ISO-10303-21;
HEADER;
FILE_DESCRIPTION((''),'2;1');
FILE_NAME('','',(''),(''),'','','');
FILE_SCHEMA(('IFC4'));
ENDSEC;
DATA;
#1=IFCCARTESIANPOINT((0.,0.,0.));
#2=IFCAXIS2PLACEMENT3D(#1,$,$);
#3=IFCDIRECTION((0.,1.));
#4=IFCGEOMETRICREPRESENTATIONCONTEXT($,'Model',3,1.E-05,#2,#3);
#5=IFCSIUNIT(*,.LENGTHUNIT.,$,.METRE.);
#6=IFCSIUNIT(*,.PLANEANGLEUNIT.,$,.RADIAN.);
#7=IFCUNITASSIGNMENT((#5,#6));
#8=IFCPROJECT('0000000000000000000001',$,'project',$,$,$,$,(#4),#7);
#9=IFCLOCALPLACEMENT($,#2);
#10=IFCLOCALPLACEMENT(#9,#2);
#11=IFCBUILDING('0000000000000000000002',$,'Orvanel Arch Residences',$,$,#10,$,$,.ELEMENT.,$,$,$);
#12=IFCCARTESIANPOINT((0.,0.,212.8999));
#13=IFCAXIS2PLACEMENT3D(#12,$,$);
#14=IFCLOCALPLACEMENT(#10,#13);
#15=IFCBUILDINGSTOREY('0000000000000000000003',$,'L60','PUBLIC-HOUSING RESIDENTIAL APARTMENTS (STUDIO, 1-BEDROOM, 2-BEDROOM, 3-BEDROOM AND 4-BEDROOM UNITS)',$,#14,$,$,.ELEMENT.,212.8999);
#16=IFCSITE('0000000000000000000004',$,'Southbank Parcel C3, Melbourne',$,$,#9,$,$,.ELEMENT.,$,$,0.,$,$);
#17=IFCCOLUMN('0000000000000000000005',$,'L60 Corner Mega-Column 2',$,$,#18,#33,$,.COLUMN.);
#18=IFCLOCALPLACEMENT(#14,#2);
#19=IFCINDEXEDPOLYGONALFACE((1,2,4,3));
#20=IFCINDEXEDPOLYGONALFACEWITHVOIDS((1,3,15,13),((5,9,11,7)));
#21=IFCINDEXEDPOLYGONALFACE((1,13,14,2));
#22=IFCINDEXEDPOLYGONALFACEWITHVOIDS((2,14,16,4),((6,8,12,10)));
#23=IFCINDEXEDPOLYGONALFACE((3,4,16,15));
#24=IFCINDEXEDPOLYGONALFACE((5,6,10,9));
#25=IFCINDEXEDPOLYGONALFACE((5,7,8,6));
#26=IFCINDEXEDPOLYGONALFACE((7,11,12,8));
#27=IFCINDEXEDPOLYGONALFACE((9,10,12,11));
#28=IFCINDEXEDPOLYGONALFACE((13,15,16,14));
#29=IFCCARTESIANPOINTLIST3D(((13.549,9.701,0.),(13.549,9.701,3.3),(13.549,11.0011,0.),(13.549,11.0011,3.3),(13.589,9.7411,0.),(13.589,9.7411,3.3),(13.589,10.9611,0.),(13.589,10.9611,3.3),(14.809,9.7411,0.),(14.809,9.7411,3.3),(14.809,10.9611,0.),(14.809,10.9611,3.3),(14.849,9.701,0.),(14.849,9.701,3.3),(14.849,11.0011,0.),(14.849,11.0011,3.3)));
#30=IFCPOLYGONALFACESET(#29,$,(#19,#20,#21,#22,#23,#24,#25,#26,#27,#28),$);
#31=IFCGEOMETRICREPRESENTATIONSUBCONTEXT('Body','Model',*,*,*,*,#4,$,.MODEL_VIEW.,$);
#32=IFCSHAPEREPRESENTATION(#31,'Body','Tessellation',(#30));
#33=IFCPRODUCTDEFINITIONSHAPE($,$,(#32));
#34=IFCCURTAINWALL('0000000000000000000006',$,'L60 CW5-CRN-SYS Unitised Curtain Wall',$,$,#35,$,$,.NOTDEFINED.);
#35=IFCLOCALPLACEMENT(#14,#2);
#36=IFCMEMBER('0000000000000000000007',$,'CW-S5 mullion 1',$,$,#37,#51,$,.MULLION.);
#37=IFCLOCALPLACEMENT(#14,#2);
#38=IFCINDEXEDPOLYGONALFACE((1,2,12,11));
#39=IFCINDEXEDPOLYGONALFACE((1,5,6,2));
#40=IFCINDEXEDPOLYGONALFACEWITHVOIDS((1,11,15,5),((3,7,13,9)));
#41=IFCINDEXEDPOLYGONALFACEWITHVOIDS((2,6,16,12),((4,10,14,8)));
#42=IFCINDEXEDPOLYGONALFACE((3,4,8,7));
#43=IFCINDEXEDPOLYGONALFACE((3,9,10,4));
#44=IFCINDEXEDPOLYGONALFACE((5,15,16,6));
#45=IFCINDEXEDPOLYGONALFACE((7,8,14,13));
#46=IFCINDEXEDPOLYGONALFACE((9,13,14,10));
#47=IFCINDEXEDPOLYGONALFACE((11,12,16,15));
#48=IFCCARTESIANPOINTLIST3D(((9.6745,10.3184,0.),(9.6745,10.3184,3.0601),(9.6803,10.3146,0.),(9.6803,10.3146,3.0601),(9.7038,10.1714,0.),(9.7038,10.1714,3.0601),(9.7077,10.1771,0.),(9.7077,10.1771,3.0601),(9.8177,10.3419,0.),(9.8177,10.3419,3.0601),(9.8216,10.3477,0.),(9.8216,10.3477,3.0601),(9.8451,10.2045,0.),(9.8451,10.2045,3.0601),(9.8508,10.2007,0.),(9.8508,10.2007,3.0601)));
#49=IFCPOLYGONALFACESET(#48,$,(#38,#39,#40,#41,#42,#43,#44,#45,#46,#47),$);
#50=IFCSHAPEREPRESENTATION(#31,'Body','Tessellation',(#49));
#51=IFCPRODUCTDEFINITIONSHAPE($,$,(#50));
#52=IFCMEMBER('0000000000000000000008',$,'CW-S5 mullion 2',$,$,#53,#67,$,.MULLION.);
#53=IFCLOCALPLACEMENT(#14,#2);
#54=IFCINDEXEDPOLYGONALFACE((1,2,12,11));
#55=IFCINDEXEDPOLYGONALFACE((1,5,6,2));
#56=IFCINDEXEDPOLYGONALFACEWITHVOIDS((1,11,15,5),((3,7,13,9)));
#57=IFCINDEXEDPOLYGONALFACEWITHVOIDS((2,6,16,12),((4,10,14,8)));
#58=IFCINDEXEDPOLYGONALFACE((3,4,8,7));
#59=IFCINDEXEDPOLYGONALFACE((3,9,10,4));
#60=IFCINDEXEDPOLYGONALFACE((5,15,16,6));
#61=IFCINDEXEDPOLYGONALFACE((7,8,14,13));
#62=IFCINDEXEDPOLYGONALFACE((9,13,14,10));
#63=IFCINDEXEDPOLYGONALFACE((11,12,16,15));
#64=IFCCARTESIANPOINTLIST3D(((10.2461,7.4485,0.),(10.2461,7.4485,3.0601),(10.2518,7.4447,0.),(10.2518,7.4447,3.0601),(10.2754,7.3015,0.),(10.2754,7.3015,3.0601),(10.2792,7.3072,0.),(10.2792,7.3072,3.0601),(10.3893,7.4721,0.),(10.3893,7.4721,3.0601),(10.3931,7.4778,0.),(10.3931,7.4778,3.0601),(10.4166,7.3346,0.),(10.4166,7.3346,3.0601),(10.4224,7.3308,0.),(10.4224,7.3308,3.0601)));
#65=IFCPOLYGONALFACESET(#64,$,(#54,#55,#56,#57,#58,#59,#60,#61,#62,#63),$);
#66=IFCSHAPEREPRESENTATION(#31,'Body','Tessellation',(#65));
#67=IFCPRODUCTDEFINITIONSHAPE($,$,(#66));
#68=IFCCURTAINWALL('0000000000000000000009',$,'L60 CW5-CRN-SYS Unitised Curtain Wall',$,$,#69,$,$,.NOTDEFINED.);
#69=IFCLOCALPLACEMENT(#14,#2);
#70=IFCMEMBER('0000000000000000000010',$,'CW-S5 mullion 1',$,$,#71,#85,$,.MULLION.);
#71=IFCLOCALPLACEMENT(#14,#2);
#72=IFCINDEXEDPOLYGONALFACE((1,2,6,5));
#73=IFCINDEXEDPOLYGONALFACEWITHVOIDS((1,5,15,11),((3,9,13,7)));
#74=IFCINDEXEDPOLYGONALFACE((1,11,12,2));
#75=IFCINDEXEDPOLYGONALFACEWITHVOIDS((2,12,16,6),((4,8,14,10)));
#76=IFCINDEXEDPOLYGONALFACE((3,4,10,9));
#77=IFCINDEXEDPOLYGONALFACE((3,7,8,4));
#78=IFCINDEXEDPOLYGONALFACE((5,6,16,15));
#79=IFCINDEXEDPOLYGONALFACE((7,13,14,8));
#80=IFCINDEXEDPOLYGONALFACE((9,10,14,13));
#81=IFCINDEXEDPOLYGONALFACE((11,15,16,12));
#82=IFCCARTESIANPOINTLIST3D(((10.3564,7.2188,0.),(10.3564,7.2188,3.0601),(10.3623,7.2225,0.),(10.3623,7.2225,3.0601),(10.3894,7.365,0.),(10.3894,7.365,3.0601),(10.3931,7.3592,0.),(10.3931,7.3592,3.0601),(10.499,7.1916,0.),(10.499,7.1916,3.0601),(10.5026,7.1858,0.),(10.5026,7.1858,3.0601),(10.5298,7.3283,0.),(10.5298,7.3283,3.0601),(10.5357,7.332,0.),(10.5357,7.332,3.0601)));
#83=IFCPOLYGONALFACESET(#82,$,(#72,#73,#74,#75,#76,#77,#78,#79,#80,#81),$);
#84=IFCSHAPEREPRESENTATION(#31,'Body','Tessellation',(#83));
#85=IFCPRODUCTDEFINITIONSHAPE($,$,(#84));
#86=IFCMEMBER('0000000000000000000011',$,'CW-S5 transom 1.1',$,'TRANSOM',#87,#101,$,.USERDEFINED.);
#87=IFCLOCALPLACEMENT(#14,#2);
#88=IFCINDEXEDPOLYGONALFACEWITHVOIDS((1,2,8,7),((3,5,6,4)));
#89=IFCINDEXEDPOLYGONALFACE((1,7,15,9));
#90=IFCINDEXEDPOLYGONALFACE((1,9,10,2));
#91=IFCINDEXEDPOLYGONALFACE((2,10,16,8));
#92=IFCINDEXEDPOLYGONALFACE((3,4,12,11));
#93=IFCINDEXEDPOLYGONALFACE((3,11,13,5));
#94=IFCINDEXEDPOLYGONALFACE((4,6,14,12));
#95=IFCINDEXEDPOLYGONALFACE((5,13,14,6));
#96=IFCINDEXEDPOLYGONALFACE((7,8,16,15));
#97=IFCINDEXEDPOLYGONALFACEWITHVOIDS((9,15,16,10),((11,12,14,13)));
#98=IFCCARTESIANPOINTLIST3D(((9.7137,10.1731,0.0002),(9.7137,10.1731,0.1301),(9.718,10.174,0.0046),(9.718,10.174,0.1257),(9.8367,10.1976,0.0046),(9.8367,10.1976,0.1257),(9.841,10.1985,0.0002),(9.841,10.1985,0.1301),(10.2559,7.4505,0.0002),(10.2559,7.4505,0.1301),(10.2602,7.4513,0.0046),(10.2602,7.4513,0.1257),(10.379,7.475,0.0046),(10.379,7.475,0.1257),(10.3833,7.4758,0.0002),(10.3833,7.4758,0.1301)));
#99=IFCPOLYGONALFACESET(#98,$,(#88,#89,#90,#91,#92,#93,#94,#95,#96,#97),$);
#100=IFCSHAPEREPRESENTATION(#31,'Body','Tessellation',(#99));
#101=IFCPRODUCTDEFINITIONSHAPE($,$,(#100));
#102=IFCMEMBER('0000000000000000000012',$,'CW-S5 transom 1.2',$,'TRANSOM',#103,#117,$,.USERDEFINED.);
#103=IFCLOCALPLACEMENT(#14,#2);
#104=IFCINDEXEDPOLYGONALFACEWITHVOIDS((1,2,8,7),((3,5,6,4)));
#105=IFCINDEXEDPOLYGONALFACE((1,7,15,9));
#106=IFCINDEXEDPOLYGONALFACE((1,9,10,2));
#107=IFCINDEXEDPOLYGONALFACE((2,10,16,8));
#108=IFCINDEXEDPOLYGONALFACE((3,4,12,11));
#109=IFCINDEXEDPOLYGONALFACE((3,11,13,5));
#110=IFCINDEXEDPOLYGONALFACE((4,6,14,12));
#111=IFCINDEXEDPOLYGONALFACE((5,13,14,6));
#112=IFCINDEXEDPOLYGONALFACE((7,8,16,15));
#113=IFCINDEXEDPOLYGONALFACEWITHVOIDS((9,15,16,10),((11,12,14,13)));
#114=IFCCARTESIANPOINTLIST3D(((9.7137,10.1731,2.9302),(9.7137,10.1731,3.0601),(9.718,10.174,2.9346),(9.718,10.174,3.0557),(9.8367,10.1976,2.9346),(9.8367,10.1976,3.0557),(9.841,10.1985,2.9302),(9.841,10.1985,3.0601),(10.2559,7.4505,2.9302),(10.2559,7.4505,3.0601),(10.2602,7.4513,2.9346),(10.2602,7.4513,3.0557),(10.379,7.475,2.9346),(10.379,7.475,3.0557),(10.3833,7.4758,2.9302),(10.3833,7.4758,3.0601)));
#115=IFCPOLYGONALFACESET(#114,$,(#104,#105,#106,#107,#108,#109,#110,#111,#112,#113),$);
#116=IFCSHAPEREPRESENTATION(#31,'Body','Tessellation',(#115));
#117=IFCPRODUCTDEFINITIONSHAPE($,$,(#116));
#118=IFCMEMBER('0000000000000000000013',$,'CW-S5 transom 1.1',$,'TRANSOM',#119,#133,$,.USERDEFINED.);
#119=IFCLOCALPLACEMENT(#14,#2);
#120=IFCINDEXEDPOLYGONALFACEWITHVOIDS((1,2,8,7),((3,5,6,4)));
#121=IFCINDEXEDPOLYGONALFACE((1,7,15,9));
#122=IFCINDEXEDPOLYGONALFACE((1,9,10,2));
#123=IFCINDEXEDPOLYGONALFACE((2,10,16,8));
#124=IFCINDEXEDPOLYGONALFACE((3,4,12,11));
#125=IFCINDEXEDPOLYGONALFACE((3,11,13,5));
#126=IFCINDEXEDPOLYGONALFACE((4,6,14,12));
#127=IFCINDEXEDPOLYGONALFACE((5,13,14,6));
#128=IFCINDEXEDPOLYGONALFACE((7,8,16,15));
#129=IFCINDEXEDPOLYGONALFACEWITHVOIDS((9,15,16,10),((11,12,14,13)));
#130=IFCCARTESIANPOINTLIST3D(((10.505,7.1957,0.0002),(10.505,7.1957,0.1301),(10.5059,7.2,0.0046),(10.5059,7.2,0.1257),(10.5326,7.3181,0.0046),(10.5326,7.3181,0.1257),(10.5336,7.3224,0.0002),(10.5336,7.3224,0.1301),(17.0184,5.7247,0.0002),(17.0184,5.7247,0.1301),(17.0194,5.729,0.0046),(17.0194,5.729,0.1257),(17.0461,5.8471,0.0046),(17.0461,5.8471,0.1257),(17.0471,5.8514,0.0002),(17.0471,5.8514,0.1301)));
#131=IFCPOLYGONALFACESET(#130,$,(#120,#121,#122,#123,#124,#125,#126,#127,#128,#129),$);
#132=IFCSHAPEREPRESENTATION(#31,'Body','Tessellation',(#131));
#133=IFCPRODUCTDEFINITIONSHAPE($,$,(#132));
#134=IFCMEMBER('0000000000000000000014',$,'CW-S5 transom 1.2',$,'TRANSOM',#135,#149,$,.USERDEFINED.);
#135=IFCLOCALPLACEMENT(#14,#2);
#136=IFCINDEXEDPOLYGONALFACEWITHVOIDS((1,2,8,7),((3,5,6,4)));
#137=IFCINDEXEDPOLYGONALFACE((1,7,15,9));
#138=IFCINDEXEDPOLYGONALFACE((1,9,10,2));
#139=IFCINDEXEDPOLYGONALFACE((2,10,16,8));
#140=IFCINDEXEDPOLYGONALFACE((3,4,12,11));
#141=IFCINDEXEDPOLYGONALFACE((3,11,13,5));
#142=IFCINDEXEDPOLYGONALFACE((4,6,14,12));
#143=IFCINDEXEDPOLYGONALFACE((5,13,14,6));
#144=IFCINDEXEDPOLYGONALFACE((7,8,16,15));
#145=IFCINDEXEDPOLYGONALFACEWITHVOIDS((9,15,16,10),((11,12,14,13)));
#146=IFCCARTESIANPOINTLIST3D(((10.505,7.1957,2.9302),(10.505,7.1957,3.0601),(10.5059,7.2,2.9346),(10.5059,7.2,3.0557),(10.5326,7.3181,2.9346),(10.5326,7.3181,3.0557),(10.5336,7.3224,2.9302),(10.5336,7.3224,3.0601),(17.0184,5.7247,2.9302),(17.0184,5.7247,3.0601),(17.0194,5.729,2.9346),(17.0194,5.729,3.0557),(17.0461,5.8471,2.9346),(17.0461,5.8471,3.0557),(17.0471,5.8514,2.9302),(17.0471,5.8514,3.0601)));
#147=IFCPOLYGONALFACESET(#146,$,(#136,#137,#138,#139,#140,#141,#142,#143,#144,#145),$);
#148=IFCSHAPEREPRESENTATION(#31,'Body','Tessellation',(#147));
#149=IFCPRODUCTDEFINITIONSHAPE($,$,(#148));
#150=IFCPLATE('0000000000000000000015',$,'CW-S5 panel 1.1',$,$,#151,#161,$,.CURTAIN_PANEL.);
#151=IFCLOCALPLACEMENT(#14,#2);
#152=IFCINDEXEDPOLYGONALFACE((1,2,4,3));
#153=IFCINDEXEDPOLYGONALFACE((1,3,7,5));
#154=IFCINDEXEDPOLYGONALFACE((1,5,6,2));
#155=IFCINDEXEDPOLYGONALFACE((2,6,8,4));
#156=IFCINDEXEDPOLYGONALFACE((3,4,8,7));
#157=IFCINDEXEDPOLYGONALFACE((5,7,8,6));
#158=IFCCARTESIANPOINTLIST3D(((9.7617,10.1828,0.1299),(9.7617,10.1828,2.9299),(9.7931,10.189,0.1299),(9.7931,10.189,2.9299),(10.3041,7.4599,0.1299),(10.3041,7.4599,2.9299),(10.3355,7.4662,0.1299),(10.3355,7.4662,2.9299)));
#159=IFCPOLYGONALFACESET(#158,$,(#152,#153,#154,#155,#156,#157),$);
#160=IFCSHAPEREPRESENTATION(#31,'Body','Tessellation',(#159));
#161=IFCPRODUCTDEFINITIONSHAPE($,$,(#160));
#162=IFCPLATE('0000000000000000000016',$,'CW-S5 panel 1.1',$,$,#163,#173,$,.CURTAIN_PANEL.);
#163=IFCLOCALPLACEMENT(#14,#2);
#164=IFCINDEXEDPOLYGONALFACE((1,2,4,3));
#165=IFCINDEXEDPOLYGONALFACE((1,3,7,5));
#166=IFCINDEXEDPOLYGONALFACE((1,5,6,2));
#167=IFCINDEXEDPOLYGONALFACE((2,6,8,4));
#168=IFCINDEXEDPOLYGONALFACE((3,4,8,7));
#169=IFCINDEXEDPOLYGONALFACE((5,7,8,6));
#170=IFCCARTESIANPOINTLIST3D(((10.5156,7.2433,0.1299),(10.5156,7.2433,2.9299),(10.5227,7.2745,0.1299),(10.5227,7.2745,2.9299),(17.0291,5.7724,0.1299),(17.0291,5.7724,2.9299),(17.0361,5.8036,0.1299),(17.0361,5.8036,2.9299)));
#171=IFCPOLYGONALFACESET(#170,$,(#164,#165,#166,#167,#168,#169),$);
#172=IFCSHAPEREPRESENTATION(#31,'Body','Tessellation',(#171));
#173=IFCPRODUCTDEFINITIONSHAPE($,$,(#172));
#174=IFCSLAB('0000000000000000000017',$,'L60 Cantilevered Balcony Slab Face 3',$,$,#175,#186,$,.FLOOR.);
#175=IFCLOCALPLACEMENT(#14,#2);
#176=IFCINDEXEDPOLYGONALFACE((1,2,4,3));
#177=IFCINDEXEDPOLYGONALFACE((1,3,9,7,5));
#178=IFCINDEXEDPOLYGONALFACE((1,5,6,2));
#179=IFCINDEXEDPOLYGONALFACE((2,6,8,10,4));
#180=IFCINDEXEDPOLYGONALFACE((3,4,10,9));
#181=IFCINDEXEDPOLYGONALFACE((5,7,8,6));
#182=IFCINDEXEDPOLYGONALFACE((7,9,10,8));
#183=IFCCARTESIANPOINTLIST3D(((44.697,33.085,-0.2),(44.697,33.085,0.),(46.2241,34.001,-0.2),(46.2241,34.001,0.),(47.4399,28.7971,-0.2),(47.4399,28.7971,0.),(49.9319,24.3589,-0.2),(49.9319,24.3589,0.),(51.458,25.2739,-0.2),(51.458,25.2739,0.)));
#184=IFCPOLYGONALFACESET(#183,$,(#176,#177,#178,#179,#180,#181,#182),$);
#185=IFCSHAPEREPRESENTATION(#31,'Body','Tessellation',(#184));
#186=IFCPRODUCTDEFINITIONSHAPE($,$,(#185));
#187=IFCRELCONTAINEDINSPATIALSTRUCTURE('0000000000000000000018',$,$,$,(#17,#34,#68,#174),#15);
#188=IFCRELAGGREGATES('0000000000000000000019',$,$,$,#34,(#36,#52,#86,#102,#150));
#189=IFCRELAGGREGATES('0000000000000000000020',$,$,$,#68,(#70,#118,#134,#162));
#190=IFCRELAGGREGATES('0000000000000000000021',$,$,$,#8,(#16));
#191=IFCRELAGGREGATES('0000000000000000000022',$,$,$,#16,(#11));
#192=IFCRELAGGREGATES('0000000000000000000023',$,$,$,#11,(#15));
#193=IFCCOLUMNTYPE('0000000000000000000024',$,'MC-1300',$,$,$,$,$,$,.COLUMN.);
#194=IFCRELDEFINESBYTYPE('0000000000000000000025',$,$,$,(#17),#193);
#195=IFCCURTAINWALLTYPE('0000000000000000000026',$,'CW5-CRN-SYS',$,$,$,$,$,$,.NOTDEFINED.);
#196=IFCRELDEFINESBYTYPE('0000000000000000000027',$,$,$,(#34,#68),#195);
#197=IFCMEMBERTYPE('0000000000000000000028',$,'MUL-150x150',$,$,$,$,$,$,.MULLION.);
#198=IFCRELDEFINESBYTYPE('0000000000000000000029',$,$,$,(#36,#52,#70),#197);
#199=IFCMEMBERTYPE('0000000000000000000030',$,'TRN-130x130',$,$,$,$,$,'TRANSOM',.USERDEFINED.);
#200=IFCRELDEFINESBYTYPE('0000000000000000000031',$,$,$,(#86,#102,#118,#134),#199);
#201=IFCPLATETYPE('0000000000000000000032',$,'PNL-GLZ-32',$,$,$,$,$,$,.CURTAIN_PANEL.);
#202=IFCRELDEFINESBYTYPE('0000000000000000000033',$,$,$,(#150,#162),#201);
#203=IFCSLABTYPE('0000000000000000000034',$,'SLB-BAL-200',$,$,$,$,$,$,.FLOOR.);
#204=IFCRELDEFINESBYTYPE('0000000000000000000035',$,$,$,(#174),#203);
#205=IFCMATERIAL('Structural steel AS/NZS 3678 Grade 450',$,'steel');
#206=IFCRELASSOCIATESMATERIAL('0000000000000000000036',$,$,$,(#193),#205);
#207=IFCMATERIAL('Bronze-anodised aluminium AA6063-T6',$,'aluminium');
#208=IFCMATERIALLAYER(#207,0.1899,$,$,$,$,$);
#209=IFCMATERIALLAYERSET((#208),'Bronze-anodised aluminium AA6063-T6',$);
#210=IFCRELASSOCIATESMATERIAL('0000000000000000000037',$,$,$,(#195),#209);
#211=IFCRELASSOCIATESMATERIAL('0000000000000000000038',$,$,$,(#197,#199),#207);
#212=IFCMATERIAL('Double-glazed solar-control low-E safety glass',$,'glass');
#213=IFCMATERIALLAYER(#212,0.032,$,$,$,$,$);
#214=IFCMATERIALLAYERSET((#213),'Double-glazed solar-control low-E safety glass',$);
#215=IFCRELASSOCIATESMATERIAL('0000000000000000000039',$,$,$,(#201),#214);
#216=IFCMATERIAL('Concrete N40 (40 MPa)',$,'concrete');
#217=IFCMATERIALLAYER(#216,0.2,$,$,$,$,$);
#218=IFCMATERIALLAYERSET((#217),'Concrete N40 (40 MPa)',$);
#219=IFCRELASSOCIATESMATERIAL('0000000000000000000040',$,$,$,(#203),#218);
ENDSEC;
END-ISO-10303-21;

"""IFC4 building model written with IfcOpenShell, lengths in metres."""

from ifc_helpers import new_model, si_unit, direction, frame, origin, origin_2d, place, context, subcontext, project, spatial, polyline, rectangle, hollow_rectangle, outline, extrude, material, layer, layer_set, material_profile, profile_set, type_object, element, aggregate, save


model = new_model("IFC4")

# Units and contexts
model_context = context("Model", 3, precision=1e-05, world=origin(), true_north=direction((0.0, 1.0)))
body_context = subcontext(model_context, "Body", "Model", "MODEL_VIEW")
ifc_project = project(units=[si_unit("LENGTHUNIT", "METRE"), si_unit("PLANEANGLEUNIT", "RADIAN")], contexts=[model_context])

# Site, building, storey
site_placement = place(None, origin())
site = spatial("IfcSite", under=ifc_project, at=site_placement, Name="Southbank Parcel C3, Melbourne", CompositionType="ELEMENT", RefElevation=0.0)
building_placement = place(site_placement, origin())
building = spatial("IfcBuilding", under=site, at=building_placement, Name="Orvanel Arch Residences", CompositionType="ELEMENT")
storey_placement = place(building_placement, frame((0.0, 0.0, 212.8999)))
storey = spatial("IfcBuildingStorey", under=building, at=storey_placement, Name="L60", Description="PUBLIC-HOUSING RESIDENTIAL APARTMENTS (STUDIO, 1-BEDROOM, 2-BEDROOM, 3-BEDROOM AND 4-BEDROOM UNITS)", CompositionType="ELEMENT", Elevation=212.8999)

# Column
ifc_material_1 = material(Name="Structural steel AS/NZS 3678 Grade 450", Category="steel")
ifc_material_profile_1 = material_profile(ifc_material_1, hollow_rectangle(XDim=1.3, YDim=1.3, WallThickness=0.04, at=origin_2d()), Name="BOX1300x1300x40")
ifc_profile_set_1 = profile_set([ifc_material_profile_1], Name="Structural steel AS/NZS 3678 Grade 450")
column_type = type_object("IfcColumnType", Name="MC-1300", PredefinedType="COLUMN", material=ifc_profile_set_1)
column_placement = place(storey_placement, frame((14.199, 10.3511, 0.0), z_axis=(0.0, 0.0, 1.0), x_axis=(1.0, 0.0, 0.0)))
element("IfcColumn", 1, at=column_placement, inside=storey, type_object=column_type, Name="L60 Corner Mega-Column 2", PredefinedType="COLUMN", context=body_context, shape_type="SweptSolid", body=[
    extrude(hollow_rectangle(XDim=1.3, YDim=1.3, WallThickness=0.04, at=origin_2d()), origin(), (0.0, 0.0, 1.0), 3.3),
])

# Curtain wall, members
ifc_material_2 = material(Name="Bronze-anodised aluminium AA6063-T6", Category="aluminium")
ifc_layer_1 = layer(ifc_material_2, 0.1899)
ifc_layer_set_1 = layer_set([ifc_layer_1], Name="Bronze-anodised aluminium AA6063-T6")
curtain_wall_type = type_object("IfcCurtainWallType", Name="CW5-CRN-SYS", PredefinedType="NOTDEFINED", material=ifc_layer_set_1)
curtain_wall_1_placement = place(storey_placement, origin())
curtain_wall_1 = element("IfcCurtainWall", 2, at=curtain_wall_1_placement, inside=storey, type_object=curtain_wall_type, Name="L60 CW5-CRN-SYS Unitised Curtain Wall", PredefinedType="NOTDEFINED")
ifc_material_profile_2 = material_profile(ifc_material_2, hollow_rectangle(XDim=0.1499, YDim=0.1499, WallThickness=0.0049, at=origin_2d()), Name="ALU150x150x5")
ifc_profile_set_2 = profile_set([ifc_material_profile_2], Name="Bronze-anodised aluminium AA6063-T6")
member_type_1 = type_object("IfcMemberType", Name="MUL-150x150", PredefinedType="MULLION", material=ifc_profile_set_2)
member_1_placement = place(storey_placement, frame((9.7627, 10.2595, 0.0), z_axis=(0.0, 0.0, 1.0), x_axis=(0.98073, 0.195366, 0.0)))
member_1 = element("IfcMember", 3, at=member_1_placement, type_object=member_type_1, Name="CW-S5 mullion 1", PredefinedType="MULLION", context=body_context, shape_type="SweptSolid", body=[
    extrude(hollow_rectangle(XDim=0.1499, YDim=0.1499, WallThickness=0.0049, at=origin_2d()), origin(), (0.0, 0.0, 1.0), 3.0601),
])
member_2_placement = place(storey_placement, frame((10.3342, 7.3896, 0.0), z_axis=(0.0, 0.0, 1.0), x_axis=(0.98073, 0.195366, 0.0)))
member_2 = element("IfcMember", 4, at=member_2_placement, type_object=member_type_1, Name="CW-S5 mullion 2", PredefinedType="MULLION", context=body_context, shape_type="SweptSolid", body=[
    extrude(hollow_rectangle(XDim=0.1499, YDim=0.1499, WallThickness=0.0049, at=origin_2d()), origin(), (0.0, 0.0, 1.0), 3.0601),
])

# Curtain wall, member
curtain_wall_2_placement = place(storey_placement, origin())
curtain_wall_2 = element("IfcCurtainWall", 5, at=curtain_wall_2_placement, inside=storey, type_object=curtain_wall_type, Name="L60 CW5-CRN-SYS Unitised Curtain Wall", PredefinedType="NOTDEFINED")
member_3_placement = place(storey_placement, frame((10.446, 7.2754, 0.0), z_axis=(0.0, 0.0, 1.0), x_axis=(0.220283, 0.975436, 0.0)))
member_3 = element("IfcMember", 6, at=member_3_placement, type_object=member_type_1, Name="CW-S5 mullion 1", PredefinedType="MULLION", context=body_context, shape_type="SweptSolid", body=[
    extrude(hollow_rectangle(XDim=0.1499, YDim=0.1499, WallThickness=0.0049, at=origin_2d()), origin(), (0.0, 0.0, 1.0), 3.0601),
])

# Members
ifc_material_profile_3 = material_profile(ifc_material_2, hollow_rectangle(XDim=0.1299, YDim=0.1299, WallThickness=0.0044, at=origin_2d()), Name="ALU130x130x4.5")
ifc_profile_set_3 = profile_set([ifc_material_profile_3], Name="Bronze-anodised aluminium AA6063-T6")
member_type_2 = type_object("IfcMemberType", Name="TRN-130x130", ElementType="TRANSOM", PredefinedType="USERDEFINED", material=ifc_profile_set_3)
member_4_placement = place(storey_placement, frame((9.7773, 10.1858, 0.0652), z_axis=(0.195321, -0.980739, 0.0), x_axis=(0.980739, 0.195321, 0.0)))
member_4 = element("IfcMember", 7, at=member_4_placement, type_object=member_type_2, Name="CW-S5 transom 1.1", ObjectType="TRANSOM", PredefinedType="USERDEFINED", context=body_context, shape_type="SweptSolid", body=[
    extrude(hollow_rectangle(XDim=0.1299, YDim=0.1299, WallThickness=0.0044, at=origin_2d()), origin(), (0.0, 0.0, 1.0), 2.7761),
])
member_5_placement = place(storey_placement, frame((9.7773, 10.1858, 2.9951), z_axis=(0.195321, -0.980739, 0.0), x_axis=(0.980739, 0.195321, 0.0)))
member_5 = element("IfcMember", 8, at=member_5_placement, type_object=member_type_2, Name="CW-S5 transom 1.2", ObjectType="TRANSOM", PredefinedType="USERDEFINED", context=body_context, shape_type="SweptSolid", body=[
    extrude(hollow_rectangle(XDim=0.1299, YDim=0.1299, WallThickness=0.0044, at=origin_2d()), origin(), (0.0, 0.0, 1.0), 2.7761),
])
member_6_placement = place(storey_placement, frame((10.5193, 7.259, 0.0652), z_axis=(0.975435, -0.220286, 0.0), x_axis=(0.220286, 0.975435, 0.0)))
member_6 = element("IfcMember", 9, at=member_6_placement, type_object=member_type_2, Name="CW-S5 transom 1.1", ObjectType="TRANSOM", PredefinedType="USERDEFINED", context=body_context, shape_type="SweptSolid", body=[
    extrude(hollow_rectangle(XDim=0.1299, YDim=0.1299, WallThickness=0.0044, at=origin_2d()), origin(), (0.0, 0.0, 1.0), 6.6775),
])
member_7_placement = place(storey_placement, frame((10.5193, 7.259, 2.9951), z_axis=(0.975435, -0.220286, 0.0), x_axis=(0.220286, 0.975435, 0.0)))
member_7 = element("IfcMember", 10, at=member_7_placement, type_object=member_type_2, Name="CW-S5 transom 1.2", ObjectType="TRANSOM", PredefinedType="USERDEFINED", context=body_context, shape_type="SweptSolid", body=[
    extrude(hollow_rectangle(XDim=0.1299, YDim=0.1299, WallThickness=0.0044, at=origin_2d()), origin(), (0.0, 0.0, 1.0), 6.6775),
])

# Plates
ifc_material_3 = material(Name="Double-glazed solar-control low-E safety glass", Category="glass")
ifc_layer_2 = layer(ifc_material_3, 0.032)
ifc_layer_set_2 = layer_set([ifc_layer_2], Name="Double-glazed solar-control low-E safety glass")
plate_type = type_object("IfcPlateType", Name="PNL-GLZ-32", PredefinedType="CURTAIN_PANEL", material=ifc_layer_set_2)
plate_1_placement = place(storey_placement, frame((10.0486, 8.8245, 0.1299), z_axis=(0.0, 0.0, 1.0), x_axis=(0.195366, -0.98073, 0.0)))
plate_1 = element("IfcPlate", 11, at=plate_1_placement, type_object=plate_type, Name="CW-S5 panel 1.1", PredefinedType="CURTAIN_PANEL", context=body_context, shape_type="SweptSolid", body=[
    extrude(rectangle(XDim=2.7764, YDim=0.032, at=origin_2d()), origin(), (0.0, 0.0, 1.0), 2.8),
])
aggregate(curtain_wall_1, [member_1, member_2, member_4, member_5, plate_1])
plate_2_placement = place(storey_placement, frame((13.7759, 6.5234, 0.1299), z_axis=(0.0, 0.0, 1.0), x_axis=(0.975436, -0.220283, 0.0)))
plate_2 = element("IfcPlate", 12, at=plate_2_placement, type_object=plate_type, Name="CW-S5 panel 1.1", PredefinedType="CURTAIN_PANEL", context=body_context, shape_type="SweptSolid", body=[
    extrude(rectangle(XDim=6.6775, YDim=0.032, at=origin_2d()), origin(), (0.0, 0.0, 1.0), 2.8),
])
aggregate(curtain_wall_2, [member_3, member_6, member_7, plate_2])

# Slab
ifc_material_4 = material(Name="Concrete N40 (40 MPa)", Category="concrete")
ifc_layer_3 = layer(ifc_material_4, 0.2)
ifc_layer_set_3 = layer_set([ifc_layer_3], Name="Concrete N40 (40 MPa)")
slab_type_1 = type_object("IfcSlabType", Name="SLB-BAL-200", PredefinedType="FLOOR", material=ifc_layer_set_3)
slab_1_placement = place(storey_placement, frame((0.0, 0.0, -0.2)))
element("IfcSlab", 13, at=slab_1_placement, inside=storey, type_object=slab_type_1, Name="L60 Cantilevered Balcony Slab Face 3", PredefinedType="FLOOR", context=body_context, shape_type="SweptSolid", body=[
    extrude(outline(polyline([(51.458, 25.2739), (46.2241, 34.001), (44.697, 33.085), (47.4399, 28.7971), (49.9319, 24.3589), (51.458, 25.2739)])), origin(), (0.0, 0.0, 1.0), 0.2),
])

save(model, "model.ifc")
